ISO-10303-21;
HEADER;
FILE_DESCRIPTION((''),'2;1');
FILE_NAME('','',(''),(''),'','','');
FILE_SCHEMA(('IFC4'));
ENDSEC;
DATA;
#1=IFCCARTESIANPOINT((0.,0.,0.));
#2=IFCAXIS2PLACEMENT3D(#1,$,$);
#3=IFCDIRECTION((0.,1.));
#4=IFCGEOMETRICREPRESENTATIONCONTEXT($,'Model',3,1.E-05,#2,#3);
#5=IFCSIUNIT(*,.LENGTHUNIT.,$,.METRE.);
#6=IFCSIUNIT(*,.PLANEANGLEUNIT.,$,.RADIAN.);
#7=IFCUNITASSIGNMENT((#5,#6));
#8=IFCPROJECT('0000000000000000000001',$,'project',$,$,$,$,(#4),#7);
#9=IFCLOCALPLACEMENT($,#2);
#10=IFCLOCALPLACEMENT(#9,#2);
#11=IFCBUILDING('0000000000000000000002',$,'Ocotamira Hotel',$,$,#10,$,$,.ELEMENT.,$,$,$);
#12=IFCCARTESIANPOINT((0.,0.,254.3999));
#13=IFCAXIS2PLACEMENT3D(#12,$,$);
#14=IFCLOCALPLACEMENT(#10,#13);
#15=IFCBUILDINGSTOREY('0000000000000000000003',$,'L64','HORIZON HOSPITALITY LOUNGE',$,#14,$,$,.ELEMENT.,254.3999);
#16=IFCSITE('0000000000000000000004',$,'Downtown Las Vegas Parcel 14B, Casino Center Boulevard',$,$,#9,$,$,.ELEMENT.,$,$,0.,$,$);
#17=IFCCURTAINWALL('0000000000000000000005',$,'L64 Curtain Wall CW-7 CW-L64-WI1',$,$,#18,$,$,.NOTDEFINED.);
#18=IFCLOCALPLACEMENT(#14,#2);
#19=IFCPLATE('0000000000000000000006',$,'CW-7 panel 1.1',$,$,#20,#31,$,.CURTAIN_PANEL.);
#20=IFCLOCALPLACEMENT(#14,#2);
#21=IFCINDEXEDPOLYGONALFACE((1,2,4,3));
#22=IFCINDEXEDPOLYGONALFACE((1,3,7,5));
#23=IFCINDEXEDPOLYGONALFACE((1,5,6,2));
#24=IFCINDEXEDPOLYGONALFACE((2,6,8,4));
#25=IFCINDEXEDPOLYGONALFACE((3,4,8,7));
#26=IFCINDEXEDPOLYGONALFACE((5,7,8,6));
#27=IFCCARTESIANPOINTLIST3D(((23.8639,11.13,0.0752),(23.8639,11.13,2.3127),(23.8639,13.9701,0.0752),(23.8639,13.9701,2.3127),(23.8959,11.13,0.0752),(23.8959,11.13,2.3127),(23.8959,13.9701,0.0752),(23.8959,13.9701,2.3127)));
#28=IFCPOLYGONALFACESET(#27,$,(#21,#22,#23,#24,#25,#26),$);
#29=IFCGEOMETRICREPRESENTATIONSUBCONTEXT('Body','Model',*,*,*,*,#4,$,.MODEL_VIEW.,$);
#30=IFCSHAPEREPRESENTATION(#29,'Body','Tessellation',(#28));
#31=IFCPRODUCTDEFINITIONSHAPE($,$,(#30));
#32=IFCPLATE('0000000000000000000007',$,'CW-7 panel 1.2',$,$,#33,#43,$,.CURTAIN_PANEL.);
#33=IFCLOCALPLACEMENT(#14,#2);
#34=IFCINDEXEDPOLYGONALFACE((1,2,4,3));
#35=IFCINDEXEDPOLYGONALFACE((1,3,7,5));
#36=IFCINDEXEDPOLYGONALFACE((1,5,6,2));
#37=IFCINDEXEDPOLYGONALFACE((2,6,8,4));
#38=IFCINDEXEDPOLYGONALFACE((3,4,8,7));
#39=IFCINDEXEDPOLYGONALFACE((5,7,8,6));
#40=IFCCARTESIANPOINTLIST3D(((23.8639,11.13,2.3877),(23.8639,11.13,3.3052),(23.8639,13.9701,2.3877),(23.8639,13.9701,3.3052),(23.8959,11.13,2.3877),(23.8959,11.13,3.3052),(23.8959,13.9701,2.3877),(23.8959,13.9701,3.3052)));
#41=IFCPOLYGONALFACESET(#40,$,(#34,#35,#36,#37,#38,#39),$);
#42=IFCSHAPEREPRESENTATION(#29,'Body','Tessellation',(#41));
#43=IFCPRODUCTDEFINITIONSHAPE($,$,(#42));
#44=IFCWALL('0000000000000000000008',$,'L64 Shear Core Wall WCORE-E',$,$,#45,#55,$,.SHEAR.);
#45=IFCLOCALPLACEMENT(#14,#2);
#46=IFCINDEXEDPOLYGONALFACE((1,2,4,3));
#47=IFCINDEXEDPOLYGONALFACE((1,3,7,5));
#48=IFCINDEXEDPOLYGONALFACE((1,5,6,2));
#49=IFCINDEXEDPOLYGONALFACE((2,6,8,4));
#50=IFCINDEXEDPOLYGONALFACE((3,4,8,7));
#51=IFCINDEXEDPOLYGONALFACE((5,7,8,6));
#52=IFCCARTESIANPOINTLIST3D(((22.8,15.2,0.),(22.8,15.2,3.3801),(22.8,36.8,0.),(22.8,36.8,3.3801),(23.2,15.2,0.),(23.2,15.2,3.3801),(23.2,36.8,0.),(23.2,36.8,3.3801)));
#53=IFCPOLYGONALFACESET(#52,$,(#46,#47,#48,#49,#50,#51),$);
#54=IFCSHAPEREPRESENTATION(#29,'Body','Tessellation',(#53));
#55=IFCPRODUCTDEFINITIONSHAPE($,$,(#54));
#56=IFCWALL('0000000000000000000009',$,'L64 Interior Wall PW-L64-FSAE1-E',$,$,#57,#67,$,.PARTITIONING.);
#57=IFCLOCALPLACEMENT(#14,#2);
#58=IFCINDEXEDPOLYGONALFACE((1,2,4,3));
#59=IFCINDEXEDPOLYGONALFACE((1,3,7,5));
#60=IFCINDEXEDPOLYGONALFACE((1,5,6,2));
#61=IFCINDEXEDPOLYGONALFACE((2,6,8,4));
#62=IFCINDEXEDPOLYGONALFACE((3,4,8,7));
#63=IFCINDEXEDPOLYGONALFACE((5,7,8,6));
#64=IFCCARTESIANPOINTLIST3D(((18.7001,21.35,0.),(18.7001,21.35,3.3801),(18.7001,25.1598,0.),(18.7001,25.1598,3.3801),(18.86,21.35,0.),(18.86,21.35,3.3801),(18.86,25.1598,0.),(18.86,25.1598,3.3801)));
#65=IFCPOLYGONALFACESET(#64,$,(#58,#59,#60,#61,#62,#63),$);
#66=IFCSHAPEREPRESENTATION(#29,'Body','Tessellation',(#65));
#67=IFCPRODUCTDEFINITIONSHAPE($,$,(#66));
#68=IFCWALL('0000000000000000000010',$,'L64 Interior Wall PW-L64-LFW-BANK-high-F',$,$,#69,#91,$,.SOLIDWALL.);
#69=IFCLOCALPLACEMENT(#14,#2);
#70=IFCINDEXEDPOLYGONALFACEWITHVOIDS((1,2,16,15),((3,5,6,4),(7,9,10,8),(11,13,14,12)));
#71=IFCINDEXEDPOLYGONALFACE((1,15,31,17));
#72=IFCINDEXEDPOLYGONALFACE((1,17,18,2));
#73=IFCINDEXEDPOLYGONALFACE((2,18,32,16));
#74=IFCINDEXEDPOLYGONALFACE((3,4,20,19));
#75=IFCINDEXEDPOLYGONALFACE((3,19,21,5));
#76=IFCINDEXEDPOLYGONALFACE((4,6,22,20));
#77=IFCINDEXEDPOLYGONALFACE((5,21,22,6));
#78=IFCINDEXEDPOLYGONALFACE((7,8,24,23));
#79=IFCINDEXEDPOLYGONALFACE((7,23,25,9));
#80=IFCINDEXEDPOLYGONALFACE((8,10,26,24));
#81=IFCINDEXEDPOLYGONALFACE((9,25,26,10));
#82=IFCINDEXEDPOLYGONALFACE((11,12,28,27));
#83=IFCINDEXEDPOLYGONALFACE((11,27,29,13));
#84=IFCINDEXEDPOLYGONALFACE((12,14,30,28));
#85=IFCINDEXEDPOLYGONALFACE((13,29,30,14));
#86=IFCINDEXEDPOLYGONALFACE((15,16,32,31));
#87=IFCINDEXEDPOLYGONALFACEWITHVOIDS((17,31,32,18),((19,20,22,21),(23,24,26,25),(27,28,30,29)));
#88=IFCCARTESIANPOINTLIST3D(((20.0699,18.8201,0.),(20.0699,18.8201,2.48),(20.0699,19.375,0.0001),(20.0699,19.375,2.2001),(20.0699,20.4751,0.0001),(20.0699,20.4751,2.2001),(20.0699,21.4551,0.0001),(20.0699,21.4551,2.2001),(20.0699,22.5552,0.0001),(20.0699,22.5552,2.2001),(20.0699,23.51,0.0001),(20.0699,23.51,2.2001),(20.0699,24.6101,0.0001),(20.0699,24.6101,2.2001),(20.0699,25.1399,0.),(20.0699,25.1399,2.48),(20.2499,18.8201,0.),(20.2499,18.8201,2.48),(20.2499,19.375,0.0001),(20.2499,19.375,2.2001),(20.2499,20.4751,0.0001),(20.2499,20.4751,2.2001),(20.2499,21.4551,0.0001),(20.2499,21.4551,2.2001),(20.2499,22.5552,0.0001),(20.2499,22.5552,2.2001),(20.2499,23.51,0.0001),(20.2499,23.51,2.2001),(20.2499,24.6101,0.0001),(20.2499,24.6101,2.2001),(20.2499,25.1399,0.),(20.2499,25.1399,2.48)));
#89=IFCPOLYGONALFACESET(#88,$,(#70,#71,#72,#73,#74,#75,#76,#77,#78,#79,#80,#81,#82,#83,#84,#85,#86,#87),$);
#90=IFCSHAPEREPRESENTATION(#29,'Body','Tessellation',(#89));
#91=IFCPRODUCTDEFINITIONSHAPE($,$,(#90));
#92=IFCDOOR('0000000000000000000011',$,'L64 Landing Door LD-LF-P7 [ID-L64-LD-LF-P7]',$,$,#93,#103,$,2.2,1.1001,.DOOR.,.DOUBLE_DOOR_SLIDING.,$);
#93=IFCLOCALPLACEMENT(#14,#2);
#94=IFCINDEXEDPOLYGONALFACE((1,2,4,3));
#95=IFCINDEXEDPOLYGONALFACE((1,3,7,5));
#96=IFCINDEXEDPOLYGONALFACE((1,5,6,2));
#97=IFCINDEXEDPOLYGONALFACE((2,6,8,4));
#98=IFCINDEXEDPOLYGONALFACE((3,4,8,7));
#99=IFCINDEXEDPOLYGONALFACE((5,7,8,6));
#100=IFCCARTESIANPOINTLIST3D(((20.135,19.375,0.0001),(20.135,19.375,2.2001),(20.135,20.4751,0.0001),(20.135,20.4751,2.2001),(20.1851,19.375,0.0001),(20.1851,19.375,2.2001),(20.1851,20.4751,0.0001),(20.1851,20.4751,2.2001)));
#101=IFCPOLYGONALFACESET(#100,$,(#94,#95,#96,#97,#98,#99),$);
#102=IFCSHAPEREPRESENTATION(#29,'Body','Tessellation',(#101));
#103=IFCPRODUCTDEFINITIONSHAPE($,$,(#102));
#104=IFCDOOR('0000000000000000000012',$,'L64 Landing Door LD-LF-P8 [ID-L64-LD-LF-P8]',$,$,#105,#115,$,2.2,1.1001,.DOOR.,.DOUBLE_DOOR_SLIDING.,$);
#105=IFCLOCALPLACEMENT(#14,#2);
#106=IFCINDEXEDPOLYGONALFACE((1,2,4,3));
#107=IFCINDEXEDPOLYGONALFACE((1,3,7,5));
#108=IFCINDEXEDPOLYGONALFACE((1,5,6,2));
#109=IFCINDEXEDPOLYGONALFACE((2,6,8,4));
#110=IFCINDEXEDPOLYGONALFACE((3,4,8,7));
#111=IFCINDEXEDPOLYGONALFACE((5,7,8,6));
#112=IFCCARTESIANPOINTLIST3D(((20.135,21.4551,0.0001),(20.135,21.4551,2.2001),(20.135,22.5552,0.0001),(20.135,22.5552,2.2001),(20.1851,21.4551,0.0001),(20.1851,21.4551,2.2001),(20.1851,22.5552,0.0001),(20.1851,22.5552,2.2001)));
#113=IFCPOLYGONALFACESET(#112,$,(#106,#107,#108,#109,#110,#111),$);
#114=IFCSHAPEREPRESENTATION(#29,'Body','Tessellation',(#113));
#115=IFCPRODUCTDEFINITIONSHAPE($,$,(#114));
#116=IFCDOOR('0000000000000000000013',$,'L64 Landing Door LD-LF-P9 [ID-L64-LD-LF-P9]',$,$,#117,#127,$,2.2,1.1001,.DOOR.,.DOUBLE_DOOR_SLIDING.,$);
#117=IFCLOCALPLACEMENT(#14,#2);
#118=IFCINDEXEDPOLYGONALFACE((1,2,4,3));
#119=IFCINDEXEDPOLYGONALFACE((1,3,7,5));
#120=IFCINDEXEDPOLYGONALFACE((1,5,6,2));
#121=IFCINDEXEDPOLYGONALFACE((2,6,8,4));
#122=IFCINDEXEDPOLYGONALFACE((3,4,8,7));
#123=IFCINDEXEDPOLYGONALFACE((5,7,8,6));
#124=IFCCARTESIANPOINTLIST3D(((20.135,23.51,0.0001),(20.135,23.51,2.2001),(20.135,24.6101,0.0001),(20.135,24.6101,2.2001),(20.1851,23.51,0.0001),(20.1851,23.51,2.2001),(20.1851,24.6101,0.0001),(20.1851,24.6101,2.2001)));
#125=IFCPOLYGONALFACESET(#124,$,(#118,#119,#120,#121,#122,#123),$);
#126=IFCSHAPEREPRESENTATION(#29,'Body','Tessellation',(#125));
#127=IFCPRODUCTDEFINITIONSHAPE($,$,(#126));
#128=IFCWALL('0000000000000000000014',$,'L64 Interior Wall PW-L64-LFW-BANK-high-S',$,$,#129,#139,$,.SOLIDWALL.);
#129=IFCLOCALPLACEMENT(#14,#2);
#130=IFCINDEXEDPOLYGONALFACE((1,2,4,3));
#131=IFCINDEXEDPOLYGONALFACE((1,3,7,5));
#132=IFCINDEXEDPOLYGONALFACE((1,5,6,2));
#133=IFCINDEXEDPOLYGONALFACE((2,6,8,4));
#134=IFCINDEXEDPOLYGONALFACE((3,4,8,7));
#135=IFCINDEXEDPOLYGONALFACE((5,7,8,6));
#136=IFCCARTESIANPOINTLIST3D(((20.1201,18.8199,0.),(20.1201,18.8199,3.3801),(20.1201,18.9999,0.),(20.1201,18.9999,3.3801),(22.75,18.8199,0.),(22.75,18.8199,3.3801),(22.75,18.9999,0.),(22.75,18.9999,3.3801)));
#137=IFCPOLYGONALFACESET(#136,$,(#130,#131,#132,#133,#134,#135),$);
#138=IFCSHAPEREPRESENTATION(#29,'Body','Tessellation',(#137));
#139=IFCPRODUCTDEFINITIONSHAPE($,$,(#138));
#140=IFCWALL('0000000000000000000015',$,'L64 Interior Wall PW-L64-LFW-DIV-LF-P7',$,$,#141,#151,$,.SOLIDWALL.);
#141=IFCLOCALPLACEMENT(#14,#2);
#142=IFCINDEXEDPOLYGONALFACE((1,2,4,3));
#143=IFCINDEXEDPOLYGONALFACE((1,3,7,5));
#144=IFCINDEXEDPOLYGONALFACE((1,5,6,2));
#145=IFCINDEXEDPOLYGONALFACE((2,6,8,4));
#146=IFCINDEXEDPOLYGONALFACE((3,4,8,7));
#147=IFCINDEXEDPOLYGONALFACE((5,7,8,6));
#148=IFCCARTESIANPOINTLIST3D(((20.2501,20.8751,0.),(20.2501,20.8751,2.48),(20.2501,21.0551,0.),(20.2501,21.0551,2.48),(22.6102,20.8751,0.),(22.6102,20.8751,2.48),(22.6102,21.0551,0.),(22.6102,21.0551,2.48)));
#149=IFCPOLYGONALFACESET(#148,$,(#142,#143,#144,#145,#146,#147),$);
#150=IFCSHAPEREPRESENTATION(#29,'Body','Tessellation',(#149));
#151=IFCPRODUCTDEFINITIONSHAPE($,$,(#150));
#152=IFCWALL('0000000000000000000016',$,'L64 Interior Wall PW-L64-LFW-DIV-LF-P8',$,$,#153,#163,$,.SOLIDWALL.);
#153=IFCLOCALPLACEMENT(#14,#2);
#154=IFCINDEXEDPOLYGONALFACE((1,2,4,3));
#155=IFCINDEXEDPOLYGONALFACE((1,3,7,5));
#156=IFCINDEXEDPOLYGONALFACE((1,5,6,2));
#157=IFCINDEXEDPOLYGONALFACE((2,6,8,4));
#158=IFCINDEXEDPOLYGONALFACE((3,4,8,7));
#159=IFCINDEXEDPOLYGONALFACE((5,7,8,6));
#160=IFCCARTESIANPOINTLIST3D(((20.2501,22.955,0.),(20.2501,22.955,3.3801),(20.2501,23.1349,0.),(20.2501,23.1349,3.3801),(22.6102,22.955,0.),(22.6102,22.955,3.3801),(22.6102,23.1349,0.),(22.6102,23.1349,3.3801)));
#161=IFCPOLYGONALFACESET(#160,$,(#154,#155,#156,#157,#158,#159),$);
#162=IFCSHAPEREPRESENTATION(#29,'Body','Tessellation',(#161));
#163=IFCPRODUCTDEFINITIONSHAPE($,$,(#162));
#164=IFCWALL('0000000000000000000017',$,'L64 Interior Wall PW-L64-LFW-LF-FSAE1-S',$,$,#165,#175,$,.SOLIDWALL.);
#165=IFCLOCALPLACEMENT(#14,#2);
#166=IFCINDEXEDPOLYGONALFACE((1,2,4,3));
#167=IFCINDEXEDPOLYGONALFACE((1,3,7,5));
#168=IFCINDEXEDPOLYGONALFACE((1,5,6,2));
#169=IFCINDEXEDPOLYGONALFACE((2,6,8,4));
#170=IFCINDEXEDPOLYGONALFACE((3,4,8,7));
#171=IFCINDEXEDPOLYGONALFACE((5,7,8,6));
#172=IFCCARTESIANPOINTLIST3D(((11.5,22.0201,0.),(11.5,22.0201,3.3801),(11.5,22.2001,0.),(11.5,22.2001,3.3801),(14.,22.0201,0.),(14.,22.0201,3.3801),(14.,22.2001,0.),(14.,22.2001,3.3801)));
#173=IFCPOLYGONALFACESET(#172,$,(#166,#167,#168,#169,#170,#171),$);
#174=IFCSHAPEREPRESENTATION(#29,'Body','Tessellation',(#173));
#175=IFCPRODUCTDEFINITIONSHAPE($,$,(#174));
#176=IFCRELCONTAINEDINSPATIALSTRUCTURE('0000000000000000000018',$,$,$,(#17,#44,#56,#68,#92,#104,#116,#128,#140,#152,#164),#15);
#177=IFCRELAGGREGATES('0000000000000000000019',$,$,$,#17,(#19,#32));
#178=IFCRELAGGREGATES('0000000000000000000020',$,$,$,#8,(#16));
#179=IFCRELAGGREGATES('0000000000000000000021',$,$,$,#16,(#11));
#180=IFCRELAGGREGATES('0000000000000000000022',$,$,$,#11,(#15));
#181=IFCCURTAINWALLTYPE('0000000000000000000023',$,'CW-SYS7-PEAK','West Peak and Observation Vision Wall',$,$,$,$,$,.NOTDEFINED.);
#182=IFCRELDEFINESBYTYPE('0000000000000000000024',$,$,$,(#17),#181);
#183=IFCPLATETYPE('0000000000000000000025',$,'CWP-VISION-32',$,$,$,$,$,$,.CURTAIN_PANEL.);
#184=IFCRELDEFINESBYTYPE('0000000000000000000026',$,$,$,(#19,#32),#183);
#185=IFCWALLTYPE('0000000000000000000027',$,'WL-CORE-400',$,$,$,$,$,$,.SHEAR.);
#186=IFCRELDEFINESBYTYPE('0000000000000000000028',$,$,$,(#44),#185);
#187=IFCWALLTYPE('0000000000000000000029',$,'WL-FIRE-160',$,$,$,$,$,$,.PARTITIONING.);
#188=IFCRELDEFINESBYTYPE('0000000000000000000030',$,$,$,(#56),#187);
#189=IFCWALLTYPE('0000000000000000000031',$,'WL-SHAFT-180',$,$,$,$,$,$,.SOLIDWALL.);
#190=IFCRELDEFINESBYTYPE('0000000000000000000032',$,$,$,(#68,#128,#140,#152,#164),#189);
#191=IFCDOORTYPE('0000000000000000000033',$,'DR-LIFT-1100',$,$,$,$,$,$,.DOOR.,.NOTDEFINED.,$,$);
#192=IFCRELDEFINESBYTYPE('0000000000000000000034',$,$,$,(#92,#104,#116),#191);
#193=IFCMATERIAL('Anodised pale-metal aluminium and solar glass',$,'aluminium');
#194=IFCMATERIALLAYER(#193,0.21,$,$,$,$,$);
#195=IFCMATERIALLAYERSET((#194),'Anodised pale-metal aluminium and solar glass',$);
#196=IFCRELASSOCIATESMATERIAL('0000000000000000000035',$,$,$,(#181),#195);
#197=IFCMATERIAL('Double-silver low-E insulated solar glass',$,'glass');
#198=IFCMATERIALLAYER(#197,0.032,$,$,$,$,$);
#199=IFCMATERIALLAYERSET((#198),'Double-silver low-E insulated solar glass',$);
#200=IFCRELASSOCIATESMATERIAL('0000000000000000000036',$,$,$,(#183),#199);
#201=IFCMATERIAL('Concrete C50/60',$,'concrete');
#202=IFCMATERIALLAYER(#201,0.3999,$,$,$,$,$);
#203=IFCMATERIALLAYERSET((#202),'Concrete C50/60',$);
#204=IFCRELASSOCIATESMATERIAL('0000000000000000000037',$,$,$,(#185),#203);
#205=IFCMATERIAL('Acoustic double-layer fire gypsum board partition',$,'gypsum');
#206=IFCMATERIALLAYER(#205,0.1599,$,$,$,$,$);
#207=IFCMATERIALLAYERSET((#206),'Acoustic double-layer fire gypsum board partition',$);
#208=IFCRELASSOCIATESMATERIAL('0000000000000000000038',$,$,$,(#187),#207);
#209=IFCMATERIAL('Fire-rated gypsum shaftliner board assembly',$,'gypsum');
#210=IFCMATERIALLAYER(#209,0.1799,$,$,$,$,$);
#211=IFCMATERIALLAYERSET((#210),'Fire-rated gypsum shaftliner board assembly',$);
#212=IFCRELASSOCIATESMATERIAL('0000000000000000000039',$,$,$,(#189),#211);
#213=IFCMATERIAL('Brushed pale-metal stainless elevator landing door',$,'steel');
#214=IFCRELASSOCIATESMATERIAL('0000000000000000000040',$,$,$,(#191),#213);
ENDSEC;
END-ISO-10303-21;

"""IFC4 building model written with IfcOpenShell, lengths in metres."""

from ifc_helpers import new_model, si_unit, direction, frame, frame_2d, origin, origin_2d, place, context, subcontext, project, spatial, rectangle, extrude, source, transform, mapped, material, layer, layer_set, type_object, element, fill, aggregate, save


model = new_model("IFC4")

# Units and contexts
model_context = context("Model", 3, precision=1e-05, world=origin(), true_north=direction((0.0, 1.0)))
body_context = subcontext(model_context, "Body", "Model", "MODEL_VIEW")
ifc_project = project(units=[si_unit("LENGTHUNIT", "METRE"), si_unit("PLANEANGLEUNIT", "RADIAN")], contexts=[model_context])

# Site, building, storey
site_placement = place(None, origin())
site = spatial("IfcSite", under=ifc_project, at=site_placement, Name="Downtown Las Vegas Parcel 14B, Casino Center Boulevard", CompositionType="ELEMENT", RefElevation=0.0)
building_placement = place(site_placement, origin())
building = spatial("IfcBuilding", under=site, at=building_placement, Name="Ocotamira Hotel", CompositionType="ELEMENT")
storey_placement = place(building_placement, frame((0.0, 0.0, 254.3999)))
storey = spatial("IfcBuildingStorey", under=building, at=storey_placement, Name="L64", Description="HORIZON HOSPITALITY LOUNGE", CompositionType="ELEMENT", Elevation=254.3999)

# Curtain wall
ifc_material_1 = material(Name="Anodised pale-metal aluminium and solar glass", Category="aluminium")
ifc_layer_1 = layer(ifc_material_1, 0.21)
ifc_layer_set_1 = layer_set([ifc_layer_1], Name="Anodised pale-metal aluminium and solar glass")
curtain_wall_type = type_object("IfcCurtainWallType", Name="CW-SYS7-PEAK", Description="West Peak and Observation Vision Wall", PredefinedType="NOTDEFINED", material=ifc_layer_set_1)
curtain_wall_1_placement = place(storey_placement, origin())
curtain_wall_1 = element("IfcCurtainWall", 1, at=curtain_wall_1_placement, inside=storey, type_object=curtain_wall_type, Name="L64 Curtain Wall CW-7 CW-L64-WI1", PredefinedType="NOTDEFINED")

# Plates
ifc_material_2 = material(Name="Double-silver low-E insulated solar glass", Category="glass")
ifc_layer_2 = layer(ifc_material_2, 0.032)
ifc_layer_set_2 = layer_set([ifc_layer_2], Name="Double-silver low-E insulated solar glass")
plate_type = type_object("IfcPlateType", Name="CWP-VISION-32", PredefinedType="CURTAIN_PANEL", material=ifc_layer_set_2)
shared_shape_1 = source(origin(), body_context, "Body", "SweptSolid", [
    extrude(rectangle(XDim=2.8401, YDim=0.032, at=origin_2d()), origin(), (0.0, 0.0, 1.0), 2.2375),
])
plate_1_placement = place(storey_placement, frame((23.8799, 12.55, 0.0752), z_axis=(0.0, 0.0, 1.0), x_axis=(0.0, 1.0, 0.0)))
plate_1 = element("IfcPlate", 2, at=plate_1_placement, type_object=plate_type, Name="CW-7 panel 1.1", PredefinedType="CURTAIN_PANEL", context=body_context, shape_type="MappedRepresentation", body=[
    mapped(shared_shape_1, transform((0.0, 0.0, 0.0), scale=1.0)),
])
shared_shape_2 = source(origin(), body_context, "Body", "SweptSolid", [
    extrude(rectangle(XDim=2.8401, YDim=0.032, at=origin_2d()), origin(), (0.0, 0.0, 1.0), 0.9175),
])
plate_2_placement = place(storey_placement, frame((23.8799, 12.55, 2.3877), z_axis=(0.0, 0.0, 1.0), x_axis=(0.0, 1.0, 0.0)))
plate_2 = element("IfcPlate", 3, at=plate_2_placement, type_object=plate_type, Name="CW-7 panel 1.2", PredefinedType="CURTAIN_PANEL", context=body_context, shape_type="MappedRepresentation", body=[
    mapped(shared_shape_2, transform((0.0, 0.0, 0.0), scale=1.0)),
])
aggregate(curtain_wall_1, [plate_1, plate_2])

# Wall
ifc_material_3 = material(Name="Concrete C50/60", Category="concrete")
ifc_layer_3 = layer(ifc_material_3, 0.3999)
ifc_layer_set_3 = layer_set([ifc_layer_3], Name="Concrete C50/60")
wall_type_1 = type_object("IfcWallType", Name="WL-CORE-400", PredefinedType="SHEAR", material=ifc_layer_set_3)
wall_1_placement = place(storey_placement, frame((23.0, 15.2, 0.0), z_axis=(0.0, 0.0, 1.0), x_axis=(0.0, 1.0, 0.0)))
element("IfcWall", 4, at=wall_1_placement, inside=storey, type_object=wall_type_1, Name="L64 Shear Core Wall WCORE-E", PredefinedType="SHEAR", context=body_context, shape_type="SweptSolid", body=[
    extrude(rectangle(XDim=21.6001, YDim=0.3999, at=frame_2d((10.8, 0.0))), origin(), (0.0, 0.0, 1.0), 3.3801),
])

# Shared definitions
ifc_material_4 = material(Name="Acoustic double-layer fire gypsum board partition", Category="gypsum")
ifc_layer_4 = layer(ifc_material_4, 0.1599)
ifc_layer_set_4 = layer_set([ifc_layer_4], Name="Acoustic double-layer fire gypsum board partition")
wall_type_2 = type_object("IfcWallType", Name="WL-FIRE-160", PredefinedType="PARTITIONING", material=ifc_layer_set_4)

# Wall
wall_2_placement = place(storey_placement, frame((18.78, 21.3501, 0.0), z_axis=(0.0, 0.0, 1.0), x_axis=(0.0, 1.0, 0.0)))
element("IfcWall", 5, at=wall_2_placement, inside=storey, type_object=wall_type_2, Name="L64 Interior Wall PW-L64-FSAE1-E", PredefinedType="PARTITIONING", context=body_context, shape_type="SweptSolid", body=[
    extrude(rectangle(XDim=3.8098, YDim=0.1599, at=frame_2d((1.9048, 0.0))), origin(), (0.0, 0.0, 1.0), 3.3801),
])

# Wall, openings, doors
ifc_material_5 = material(Name="Fire-rated gypsum shaftliner board assembly", Category="gypsum")
ifc_layer_5 = layer(ifc_material_5, 0.1799)
ifc_layer_set_5 = layer_set([ifc_layer_5], Name="Fire-rated gypsum shaftliner board assembly")
wall_type_3 = type_object("IfcWallType", Name="WL-SHAFT-180", PredefinedType="SOLIDWALL", material=ifc_layer_set_5)
wall_3_placement = place(storey_placement, frame((20.1599, 18.8201, 0.0), z_axis=(0.0, 0.0, 1.0), x_axis=(0.0, 1.0, 0.0)))
wall_3 = element("IfcWall", 6, at=wall_3_placement, inside=storey, type_object=wall_type_3, Name="L64 Interior Wall PW-L64-LFW-BANK-high-F", PredefinedType="SOLIDWALL", context=body_context, shape_type="SweptSolid", body=[
    extrude(rectangle(XDim=6.3198, YDim=0.1799, at=frame_2d((3.1599, 0.0))), origin(), (0.0, 0.0, 1.0), 2.48),
])
opening_1_placement = place(wall_3_placement, frame((0.5549, 0.0, 0.0)))
opening_1 = element("IfcOpeningElement", 7, at=opening_1_placement, cuts=wall_3, PredefinedType="OPENING", context=body_context, shape_type="SweptSolid", body=[
    extrude(rectangle(XDim=1.1001, YDim=2.2, at=frame_2d((0.55, 1.1001))), frame((0.0, 0.1001, 0.0), z_axis=(0.0, -1.0, 0.0), x_axis=(1.0, 0.0, 0.0)), (0.0, 0.0, 1.0), 0.2),
])
opening_2_placement = place(wall_3_placement, frame((2.635, 0.0, 0.0)))
opening_2 = element("IfcOpeningElement", 8, at=opening_2_placement, cuts=wall_3, PredefinedType="OPENING", context=body_context, shape_type="SweptSolid", body=[
    extrude(rectangle(XDim=1.1001, YDim=2.2, at=frame_2d((0.55, 1.1001))), frame((0.0, 0.1001, 0.0), z_axis=(0.0, -1.0, 0.0), x_axis=(1.0, 0.0, 0.0)), (0.0, 0.0, 1.0), 0.2),
])
opening_3_placement = place(wall_3_placement, frame((4.6899, 0.0, 0.0)))
opening_3 = element("IfcOpeningElement", 9, at=opening_3_placement, cuts=wall_3, PredefinedType="OPENING", context=body_context, shape_type="SweptSolid", body=[
    extrude(rectangle(XDim=1.1001, YDim=2.2, at=frame_2d((0.55, 1.1001))), frame((0.0, 0.1001, 0.0), z_axis=(0.0, -1.0, 0.0), x_axis=(1.0, 0.0, 0.0)), (0.0, 0.0, 1.0), 0.2),
])
ifc_material_6 = material(Name="Brushed pale-metal stainless elevator landing door", Category="steel")
door_type_1 = type_object("IfcDoorType", Name="DR-LIFT-1100", OperationType="NOTDEFINED", PredefinedType="DOOR", material=ifc_material_6)
shared_shape_3 = source(origin(), body_context, "Body", "SweptSolid", [
    extrude(rectangle(XDim=1.1001, YDim=2.2, at=frame_2d((0.55, 1.1001))), frame((0.0, 0.0249, 0.0), z_axis=(0.0, -1.0, 0.0), x_axis=(1.0, 0.0, 0.0)), (0.0, 0.0, 1.0), 0.05),
])
door_1_placement = place(opening_1_placement, origin())
door_1 = element("IfcDoor", 10, at=door_1_placement, inside=storey, type_object=door_type_1, Name="L64 Landing Door LD-LF-P7 [ID-L64-LD-LF-P7]", OperationType="DOUBLE_DOOR_SLIDING", OverallHeight=2.2, OverallWidth=1.1001, PredefinedType="DOOR", context=body_context, shape_type="MappedRepresentation", body=[
    mapped(shared_shape_3, transform((0.0, 0.0, 0.0), scale=1.0)),
])
fill(opening_1, door_1)
door_2_placement = place(opening_2_placement, origin())
door_2 = element("IfcDoor", 11, at=door_2_placement, inside=storey, type_object=door_type_1, Name="L64 Landing Door LD-LF-P8 [ID-L64-LD-LF-P8]", OperationType="DOUBLE_DOOR_SLIDING", OverallHeight=2.2, OverallWidth=1.1001, PredefinedType="DOOR", context=body_context, shape_type="MappedRepresentation", body=[
    mapped(shared_shape_3, transform((0.0, 0.0, 0.0), scale=1.0)),
])
fill(opening_2, door_2)
door_3_placement = place(opening_3_placement, origin())
door_3 = element("IfcDoor", 12, at=door_3_placement, inside=storey, type_object=door_type_1, Name="L64 Landing Door LD-LF-P9 [ID-L64-LD-LF-P9]", OperationType="DOUBLE_DOOR_SLIDING", OverallHeight=2.2, OverallWidth=1.1001, PredefinedType="DOOR", context=body_context, shape_type="MappedRepresentation", body=[
    mapped(shared_shape_3, transform((0.0, 0.0, 0.0), scale=1.0)),
])
fill(opening_3, door_3)

# Walls
wall_4_placement = place(storey_placement, frame((20.1201, 18.9099, 0.0), z_axis=(0.0, 0.0, 1.0), x_axis=(1.0, 0.0, 0.0)))
element("IfcWall", 13, at=wall_4_placement, inside=storey, type_object=wall_type_3, Name="L64 Interior Wall PW-L64-LFW-BANK-high-S", PredefinedType="SOLIDWALL", context=body_context, shape_type="SweptSolid", body=[
    extrude(rectangle(XDim=2.6299, YDim=0.1799, at=frame_2d((1.3149, 0.0))), origin(), (0.0, 0.0, 1.0), 3.3801),
])
wall_5_placement = place(storey_placement, frame((20.25, 20.9651, 0.0), z_axis=(0.0, 0.0, 1.0), x_axis=(1.0, 0.0, 0.0)))
element("IfcWall", 14, at=wall_5_placement, inside=storey, type_object=wall_type_3, Name="L64 Interior Wall PW-L64-LFW-DIV-LF-P7", PredefinedType="SOLIDWALL", context=body_context, shape_type="SweptSolid", body=[
    extrude(rectangle(XDim=2.3601, YDim=0.1799, at=frame_2d((1.1802, 0.0))), origin(), (0.0, 0.0, 1.0), 2.48),
])
wall_6_placement = place(storey_placement, frame((20.25, 23.0449, 0.0), z_axis=(0.0, 0.0, 1.0), x_axis=(1.0, 0.0, 0.0)))
element("IfcWall", 15, at=wall_6_placement, inside=storey, type_object=wall_type_3, Name="L64 Interior Wall PW-L64-LFW-DIV-LF-P8", PredefinedType="SOLIDWALL", context=body_context, shape_type="SweptSolid", body=[
    extrude(rectangle(XDim=2.3601, YDim=0.1799, at=frame_2d((1.1802, 0.0))), origin(), (0.0, 0.0, 1.0), 3.3801),
])
for number, where, z_axis, x_axis, name in (
    (16, (11.5, 22.1101, 0.0), (0.0, 0.0, 1.0), (1.0, 0.0, 0.0), "L64 Interior Wall PW-L64-LFW-LF-FSAE1-S"),
):
    element("IfcWall", number, at=place(storey_placement, frame(where, z_axis=z_axis, x_axis=x_axis)), inside=storey, type_object=wall_type_3, Name=name, PredefinedType="SOLIDWALL", context=body_context, shape_type="SweptSolid", body=[
        extrude(rectangle(XDim=2.5, YDim=0.1799, at=frame_2d((1.25, 0.0))), origin(), (0.0, 0.0, 1.0), 3.3801),
    ])

save(model, "model.ifc")
